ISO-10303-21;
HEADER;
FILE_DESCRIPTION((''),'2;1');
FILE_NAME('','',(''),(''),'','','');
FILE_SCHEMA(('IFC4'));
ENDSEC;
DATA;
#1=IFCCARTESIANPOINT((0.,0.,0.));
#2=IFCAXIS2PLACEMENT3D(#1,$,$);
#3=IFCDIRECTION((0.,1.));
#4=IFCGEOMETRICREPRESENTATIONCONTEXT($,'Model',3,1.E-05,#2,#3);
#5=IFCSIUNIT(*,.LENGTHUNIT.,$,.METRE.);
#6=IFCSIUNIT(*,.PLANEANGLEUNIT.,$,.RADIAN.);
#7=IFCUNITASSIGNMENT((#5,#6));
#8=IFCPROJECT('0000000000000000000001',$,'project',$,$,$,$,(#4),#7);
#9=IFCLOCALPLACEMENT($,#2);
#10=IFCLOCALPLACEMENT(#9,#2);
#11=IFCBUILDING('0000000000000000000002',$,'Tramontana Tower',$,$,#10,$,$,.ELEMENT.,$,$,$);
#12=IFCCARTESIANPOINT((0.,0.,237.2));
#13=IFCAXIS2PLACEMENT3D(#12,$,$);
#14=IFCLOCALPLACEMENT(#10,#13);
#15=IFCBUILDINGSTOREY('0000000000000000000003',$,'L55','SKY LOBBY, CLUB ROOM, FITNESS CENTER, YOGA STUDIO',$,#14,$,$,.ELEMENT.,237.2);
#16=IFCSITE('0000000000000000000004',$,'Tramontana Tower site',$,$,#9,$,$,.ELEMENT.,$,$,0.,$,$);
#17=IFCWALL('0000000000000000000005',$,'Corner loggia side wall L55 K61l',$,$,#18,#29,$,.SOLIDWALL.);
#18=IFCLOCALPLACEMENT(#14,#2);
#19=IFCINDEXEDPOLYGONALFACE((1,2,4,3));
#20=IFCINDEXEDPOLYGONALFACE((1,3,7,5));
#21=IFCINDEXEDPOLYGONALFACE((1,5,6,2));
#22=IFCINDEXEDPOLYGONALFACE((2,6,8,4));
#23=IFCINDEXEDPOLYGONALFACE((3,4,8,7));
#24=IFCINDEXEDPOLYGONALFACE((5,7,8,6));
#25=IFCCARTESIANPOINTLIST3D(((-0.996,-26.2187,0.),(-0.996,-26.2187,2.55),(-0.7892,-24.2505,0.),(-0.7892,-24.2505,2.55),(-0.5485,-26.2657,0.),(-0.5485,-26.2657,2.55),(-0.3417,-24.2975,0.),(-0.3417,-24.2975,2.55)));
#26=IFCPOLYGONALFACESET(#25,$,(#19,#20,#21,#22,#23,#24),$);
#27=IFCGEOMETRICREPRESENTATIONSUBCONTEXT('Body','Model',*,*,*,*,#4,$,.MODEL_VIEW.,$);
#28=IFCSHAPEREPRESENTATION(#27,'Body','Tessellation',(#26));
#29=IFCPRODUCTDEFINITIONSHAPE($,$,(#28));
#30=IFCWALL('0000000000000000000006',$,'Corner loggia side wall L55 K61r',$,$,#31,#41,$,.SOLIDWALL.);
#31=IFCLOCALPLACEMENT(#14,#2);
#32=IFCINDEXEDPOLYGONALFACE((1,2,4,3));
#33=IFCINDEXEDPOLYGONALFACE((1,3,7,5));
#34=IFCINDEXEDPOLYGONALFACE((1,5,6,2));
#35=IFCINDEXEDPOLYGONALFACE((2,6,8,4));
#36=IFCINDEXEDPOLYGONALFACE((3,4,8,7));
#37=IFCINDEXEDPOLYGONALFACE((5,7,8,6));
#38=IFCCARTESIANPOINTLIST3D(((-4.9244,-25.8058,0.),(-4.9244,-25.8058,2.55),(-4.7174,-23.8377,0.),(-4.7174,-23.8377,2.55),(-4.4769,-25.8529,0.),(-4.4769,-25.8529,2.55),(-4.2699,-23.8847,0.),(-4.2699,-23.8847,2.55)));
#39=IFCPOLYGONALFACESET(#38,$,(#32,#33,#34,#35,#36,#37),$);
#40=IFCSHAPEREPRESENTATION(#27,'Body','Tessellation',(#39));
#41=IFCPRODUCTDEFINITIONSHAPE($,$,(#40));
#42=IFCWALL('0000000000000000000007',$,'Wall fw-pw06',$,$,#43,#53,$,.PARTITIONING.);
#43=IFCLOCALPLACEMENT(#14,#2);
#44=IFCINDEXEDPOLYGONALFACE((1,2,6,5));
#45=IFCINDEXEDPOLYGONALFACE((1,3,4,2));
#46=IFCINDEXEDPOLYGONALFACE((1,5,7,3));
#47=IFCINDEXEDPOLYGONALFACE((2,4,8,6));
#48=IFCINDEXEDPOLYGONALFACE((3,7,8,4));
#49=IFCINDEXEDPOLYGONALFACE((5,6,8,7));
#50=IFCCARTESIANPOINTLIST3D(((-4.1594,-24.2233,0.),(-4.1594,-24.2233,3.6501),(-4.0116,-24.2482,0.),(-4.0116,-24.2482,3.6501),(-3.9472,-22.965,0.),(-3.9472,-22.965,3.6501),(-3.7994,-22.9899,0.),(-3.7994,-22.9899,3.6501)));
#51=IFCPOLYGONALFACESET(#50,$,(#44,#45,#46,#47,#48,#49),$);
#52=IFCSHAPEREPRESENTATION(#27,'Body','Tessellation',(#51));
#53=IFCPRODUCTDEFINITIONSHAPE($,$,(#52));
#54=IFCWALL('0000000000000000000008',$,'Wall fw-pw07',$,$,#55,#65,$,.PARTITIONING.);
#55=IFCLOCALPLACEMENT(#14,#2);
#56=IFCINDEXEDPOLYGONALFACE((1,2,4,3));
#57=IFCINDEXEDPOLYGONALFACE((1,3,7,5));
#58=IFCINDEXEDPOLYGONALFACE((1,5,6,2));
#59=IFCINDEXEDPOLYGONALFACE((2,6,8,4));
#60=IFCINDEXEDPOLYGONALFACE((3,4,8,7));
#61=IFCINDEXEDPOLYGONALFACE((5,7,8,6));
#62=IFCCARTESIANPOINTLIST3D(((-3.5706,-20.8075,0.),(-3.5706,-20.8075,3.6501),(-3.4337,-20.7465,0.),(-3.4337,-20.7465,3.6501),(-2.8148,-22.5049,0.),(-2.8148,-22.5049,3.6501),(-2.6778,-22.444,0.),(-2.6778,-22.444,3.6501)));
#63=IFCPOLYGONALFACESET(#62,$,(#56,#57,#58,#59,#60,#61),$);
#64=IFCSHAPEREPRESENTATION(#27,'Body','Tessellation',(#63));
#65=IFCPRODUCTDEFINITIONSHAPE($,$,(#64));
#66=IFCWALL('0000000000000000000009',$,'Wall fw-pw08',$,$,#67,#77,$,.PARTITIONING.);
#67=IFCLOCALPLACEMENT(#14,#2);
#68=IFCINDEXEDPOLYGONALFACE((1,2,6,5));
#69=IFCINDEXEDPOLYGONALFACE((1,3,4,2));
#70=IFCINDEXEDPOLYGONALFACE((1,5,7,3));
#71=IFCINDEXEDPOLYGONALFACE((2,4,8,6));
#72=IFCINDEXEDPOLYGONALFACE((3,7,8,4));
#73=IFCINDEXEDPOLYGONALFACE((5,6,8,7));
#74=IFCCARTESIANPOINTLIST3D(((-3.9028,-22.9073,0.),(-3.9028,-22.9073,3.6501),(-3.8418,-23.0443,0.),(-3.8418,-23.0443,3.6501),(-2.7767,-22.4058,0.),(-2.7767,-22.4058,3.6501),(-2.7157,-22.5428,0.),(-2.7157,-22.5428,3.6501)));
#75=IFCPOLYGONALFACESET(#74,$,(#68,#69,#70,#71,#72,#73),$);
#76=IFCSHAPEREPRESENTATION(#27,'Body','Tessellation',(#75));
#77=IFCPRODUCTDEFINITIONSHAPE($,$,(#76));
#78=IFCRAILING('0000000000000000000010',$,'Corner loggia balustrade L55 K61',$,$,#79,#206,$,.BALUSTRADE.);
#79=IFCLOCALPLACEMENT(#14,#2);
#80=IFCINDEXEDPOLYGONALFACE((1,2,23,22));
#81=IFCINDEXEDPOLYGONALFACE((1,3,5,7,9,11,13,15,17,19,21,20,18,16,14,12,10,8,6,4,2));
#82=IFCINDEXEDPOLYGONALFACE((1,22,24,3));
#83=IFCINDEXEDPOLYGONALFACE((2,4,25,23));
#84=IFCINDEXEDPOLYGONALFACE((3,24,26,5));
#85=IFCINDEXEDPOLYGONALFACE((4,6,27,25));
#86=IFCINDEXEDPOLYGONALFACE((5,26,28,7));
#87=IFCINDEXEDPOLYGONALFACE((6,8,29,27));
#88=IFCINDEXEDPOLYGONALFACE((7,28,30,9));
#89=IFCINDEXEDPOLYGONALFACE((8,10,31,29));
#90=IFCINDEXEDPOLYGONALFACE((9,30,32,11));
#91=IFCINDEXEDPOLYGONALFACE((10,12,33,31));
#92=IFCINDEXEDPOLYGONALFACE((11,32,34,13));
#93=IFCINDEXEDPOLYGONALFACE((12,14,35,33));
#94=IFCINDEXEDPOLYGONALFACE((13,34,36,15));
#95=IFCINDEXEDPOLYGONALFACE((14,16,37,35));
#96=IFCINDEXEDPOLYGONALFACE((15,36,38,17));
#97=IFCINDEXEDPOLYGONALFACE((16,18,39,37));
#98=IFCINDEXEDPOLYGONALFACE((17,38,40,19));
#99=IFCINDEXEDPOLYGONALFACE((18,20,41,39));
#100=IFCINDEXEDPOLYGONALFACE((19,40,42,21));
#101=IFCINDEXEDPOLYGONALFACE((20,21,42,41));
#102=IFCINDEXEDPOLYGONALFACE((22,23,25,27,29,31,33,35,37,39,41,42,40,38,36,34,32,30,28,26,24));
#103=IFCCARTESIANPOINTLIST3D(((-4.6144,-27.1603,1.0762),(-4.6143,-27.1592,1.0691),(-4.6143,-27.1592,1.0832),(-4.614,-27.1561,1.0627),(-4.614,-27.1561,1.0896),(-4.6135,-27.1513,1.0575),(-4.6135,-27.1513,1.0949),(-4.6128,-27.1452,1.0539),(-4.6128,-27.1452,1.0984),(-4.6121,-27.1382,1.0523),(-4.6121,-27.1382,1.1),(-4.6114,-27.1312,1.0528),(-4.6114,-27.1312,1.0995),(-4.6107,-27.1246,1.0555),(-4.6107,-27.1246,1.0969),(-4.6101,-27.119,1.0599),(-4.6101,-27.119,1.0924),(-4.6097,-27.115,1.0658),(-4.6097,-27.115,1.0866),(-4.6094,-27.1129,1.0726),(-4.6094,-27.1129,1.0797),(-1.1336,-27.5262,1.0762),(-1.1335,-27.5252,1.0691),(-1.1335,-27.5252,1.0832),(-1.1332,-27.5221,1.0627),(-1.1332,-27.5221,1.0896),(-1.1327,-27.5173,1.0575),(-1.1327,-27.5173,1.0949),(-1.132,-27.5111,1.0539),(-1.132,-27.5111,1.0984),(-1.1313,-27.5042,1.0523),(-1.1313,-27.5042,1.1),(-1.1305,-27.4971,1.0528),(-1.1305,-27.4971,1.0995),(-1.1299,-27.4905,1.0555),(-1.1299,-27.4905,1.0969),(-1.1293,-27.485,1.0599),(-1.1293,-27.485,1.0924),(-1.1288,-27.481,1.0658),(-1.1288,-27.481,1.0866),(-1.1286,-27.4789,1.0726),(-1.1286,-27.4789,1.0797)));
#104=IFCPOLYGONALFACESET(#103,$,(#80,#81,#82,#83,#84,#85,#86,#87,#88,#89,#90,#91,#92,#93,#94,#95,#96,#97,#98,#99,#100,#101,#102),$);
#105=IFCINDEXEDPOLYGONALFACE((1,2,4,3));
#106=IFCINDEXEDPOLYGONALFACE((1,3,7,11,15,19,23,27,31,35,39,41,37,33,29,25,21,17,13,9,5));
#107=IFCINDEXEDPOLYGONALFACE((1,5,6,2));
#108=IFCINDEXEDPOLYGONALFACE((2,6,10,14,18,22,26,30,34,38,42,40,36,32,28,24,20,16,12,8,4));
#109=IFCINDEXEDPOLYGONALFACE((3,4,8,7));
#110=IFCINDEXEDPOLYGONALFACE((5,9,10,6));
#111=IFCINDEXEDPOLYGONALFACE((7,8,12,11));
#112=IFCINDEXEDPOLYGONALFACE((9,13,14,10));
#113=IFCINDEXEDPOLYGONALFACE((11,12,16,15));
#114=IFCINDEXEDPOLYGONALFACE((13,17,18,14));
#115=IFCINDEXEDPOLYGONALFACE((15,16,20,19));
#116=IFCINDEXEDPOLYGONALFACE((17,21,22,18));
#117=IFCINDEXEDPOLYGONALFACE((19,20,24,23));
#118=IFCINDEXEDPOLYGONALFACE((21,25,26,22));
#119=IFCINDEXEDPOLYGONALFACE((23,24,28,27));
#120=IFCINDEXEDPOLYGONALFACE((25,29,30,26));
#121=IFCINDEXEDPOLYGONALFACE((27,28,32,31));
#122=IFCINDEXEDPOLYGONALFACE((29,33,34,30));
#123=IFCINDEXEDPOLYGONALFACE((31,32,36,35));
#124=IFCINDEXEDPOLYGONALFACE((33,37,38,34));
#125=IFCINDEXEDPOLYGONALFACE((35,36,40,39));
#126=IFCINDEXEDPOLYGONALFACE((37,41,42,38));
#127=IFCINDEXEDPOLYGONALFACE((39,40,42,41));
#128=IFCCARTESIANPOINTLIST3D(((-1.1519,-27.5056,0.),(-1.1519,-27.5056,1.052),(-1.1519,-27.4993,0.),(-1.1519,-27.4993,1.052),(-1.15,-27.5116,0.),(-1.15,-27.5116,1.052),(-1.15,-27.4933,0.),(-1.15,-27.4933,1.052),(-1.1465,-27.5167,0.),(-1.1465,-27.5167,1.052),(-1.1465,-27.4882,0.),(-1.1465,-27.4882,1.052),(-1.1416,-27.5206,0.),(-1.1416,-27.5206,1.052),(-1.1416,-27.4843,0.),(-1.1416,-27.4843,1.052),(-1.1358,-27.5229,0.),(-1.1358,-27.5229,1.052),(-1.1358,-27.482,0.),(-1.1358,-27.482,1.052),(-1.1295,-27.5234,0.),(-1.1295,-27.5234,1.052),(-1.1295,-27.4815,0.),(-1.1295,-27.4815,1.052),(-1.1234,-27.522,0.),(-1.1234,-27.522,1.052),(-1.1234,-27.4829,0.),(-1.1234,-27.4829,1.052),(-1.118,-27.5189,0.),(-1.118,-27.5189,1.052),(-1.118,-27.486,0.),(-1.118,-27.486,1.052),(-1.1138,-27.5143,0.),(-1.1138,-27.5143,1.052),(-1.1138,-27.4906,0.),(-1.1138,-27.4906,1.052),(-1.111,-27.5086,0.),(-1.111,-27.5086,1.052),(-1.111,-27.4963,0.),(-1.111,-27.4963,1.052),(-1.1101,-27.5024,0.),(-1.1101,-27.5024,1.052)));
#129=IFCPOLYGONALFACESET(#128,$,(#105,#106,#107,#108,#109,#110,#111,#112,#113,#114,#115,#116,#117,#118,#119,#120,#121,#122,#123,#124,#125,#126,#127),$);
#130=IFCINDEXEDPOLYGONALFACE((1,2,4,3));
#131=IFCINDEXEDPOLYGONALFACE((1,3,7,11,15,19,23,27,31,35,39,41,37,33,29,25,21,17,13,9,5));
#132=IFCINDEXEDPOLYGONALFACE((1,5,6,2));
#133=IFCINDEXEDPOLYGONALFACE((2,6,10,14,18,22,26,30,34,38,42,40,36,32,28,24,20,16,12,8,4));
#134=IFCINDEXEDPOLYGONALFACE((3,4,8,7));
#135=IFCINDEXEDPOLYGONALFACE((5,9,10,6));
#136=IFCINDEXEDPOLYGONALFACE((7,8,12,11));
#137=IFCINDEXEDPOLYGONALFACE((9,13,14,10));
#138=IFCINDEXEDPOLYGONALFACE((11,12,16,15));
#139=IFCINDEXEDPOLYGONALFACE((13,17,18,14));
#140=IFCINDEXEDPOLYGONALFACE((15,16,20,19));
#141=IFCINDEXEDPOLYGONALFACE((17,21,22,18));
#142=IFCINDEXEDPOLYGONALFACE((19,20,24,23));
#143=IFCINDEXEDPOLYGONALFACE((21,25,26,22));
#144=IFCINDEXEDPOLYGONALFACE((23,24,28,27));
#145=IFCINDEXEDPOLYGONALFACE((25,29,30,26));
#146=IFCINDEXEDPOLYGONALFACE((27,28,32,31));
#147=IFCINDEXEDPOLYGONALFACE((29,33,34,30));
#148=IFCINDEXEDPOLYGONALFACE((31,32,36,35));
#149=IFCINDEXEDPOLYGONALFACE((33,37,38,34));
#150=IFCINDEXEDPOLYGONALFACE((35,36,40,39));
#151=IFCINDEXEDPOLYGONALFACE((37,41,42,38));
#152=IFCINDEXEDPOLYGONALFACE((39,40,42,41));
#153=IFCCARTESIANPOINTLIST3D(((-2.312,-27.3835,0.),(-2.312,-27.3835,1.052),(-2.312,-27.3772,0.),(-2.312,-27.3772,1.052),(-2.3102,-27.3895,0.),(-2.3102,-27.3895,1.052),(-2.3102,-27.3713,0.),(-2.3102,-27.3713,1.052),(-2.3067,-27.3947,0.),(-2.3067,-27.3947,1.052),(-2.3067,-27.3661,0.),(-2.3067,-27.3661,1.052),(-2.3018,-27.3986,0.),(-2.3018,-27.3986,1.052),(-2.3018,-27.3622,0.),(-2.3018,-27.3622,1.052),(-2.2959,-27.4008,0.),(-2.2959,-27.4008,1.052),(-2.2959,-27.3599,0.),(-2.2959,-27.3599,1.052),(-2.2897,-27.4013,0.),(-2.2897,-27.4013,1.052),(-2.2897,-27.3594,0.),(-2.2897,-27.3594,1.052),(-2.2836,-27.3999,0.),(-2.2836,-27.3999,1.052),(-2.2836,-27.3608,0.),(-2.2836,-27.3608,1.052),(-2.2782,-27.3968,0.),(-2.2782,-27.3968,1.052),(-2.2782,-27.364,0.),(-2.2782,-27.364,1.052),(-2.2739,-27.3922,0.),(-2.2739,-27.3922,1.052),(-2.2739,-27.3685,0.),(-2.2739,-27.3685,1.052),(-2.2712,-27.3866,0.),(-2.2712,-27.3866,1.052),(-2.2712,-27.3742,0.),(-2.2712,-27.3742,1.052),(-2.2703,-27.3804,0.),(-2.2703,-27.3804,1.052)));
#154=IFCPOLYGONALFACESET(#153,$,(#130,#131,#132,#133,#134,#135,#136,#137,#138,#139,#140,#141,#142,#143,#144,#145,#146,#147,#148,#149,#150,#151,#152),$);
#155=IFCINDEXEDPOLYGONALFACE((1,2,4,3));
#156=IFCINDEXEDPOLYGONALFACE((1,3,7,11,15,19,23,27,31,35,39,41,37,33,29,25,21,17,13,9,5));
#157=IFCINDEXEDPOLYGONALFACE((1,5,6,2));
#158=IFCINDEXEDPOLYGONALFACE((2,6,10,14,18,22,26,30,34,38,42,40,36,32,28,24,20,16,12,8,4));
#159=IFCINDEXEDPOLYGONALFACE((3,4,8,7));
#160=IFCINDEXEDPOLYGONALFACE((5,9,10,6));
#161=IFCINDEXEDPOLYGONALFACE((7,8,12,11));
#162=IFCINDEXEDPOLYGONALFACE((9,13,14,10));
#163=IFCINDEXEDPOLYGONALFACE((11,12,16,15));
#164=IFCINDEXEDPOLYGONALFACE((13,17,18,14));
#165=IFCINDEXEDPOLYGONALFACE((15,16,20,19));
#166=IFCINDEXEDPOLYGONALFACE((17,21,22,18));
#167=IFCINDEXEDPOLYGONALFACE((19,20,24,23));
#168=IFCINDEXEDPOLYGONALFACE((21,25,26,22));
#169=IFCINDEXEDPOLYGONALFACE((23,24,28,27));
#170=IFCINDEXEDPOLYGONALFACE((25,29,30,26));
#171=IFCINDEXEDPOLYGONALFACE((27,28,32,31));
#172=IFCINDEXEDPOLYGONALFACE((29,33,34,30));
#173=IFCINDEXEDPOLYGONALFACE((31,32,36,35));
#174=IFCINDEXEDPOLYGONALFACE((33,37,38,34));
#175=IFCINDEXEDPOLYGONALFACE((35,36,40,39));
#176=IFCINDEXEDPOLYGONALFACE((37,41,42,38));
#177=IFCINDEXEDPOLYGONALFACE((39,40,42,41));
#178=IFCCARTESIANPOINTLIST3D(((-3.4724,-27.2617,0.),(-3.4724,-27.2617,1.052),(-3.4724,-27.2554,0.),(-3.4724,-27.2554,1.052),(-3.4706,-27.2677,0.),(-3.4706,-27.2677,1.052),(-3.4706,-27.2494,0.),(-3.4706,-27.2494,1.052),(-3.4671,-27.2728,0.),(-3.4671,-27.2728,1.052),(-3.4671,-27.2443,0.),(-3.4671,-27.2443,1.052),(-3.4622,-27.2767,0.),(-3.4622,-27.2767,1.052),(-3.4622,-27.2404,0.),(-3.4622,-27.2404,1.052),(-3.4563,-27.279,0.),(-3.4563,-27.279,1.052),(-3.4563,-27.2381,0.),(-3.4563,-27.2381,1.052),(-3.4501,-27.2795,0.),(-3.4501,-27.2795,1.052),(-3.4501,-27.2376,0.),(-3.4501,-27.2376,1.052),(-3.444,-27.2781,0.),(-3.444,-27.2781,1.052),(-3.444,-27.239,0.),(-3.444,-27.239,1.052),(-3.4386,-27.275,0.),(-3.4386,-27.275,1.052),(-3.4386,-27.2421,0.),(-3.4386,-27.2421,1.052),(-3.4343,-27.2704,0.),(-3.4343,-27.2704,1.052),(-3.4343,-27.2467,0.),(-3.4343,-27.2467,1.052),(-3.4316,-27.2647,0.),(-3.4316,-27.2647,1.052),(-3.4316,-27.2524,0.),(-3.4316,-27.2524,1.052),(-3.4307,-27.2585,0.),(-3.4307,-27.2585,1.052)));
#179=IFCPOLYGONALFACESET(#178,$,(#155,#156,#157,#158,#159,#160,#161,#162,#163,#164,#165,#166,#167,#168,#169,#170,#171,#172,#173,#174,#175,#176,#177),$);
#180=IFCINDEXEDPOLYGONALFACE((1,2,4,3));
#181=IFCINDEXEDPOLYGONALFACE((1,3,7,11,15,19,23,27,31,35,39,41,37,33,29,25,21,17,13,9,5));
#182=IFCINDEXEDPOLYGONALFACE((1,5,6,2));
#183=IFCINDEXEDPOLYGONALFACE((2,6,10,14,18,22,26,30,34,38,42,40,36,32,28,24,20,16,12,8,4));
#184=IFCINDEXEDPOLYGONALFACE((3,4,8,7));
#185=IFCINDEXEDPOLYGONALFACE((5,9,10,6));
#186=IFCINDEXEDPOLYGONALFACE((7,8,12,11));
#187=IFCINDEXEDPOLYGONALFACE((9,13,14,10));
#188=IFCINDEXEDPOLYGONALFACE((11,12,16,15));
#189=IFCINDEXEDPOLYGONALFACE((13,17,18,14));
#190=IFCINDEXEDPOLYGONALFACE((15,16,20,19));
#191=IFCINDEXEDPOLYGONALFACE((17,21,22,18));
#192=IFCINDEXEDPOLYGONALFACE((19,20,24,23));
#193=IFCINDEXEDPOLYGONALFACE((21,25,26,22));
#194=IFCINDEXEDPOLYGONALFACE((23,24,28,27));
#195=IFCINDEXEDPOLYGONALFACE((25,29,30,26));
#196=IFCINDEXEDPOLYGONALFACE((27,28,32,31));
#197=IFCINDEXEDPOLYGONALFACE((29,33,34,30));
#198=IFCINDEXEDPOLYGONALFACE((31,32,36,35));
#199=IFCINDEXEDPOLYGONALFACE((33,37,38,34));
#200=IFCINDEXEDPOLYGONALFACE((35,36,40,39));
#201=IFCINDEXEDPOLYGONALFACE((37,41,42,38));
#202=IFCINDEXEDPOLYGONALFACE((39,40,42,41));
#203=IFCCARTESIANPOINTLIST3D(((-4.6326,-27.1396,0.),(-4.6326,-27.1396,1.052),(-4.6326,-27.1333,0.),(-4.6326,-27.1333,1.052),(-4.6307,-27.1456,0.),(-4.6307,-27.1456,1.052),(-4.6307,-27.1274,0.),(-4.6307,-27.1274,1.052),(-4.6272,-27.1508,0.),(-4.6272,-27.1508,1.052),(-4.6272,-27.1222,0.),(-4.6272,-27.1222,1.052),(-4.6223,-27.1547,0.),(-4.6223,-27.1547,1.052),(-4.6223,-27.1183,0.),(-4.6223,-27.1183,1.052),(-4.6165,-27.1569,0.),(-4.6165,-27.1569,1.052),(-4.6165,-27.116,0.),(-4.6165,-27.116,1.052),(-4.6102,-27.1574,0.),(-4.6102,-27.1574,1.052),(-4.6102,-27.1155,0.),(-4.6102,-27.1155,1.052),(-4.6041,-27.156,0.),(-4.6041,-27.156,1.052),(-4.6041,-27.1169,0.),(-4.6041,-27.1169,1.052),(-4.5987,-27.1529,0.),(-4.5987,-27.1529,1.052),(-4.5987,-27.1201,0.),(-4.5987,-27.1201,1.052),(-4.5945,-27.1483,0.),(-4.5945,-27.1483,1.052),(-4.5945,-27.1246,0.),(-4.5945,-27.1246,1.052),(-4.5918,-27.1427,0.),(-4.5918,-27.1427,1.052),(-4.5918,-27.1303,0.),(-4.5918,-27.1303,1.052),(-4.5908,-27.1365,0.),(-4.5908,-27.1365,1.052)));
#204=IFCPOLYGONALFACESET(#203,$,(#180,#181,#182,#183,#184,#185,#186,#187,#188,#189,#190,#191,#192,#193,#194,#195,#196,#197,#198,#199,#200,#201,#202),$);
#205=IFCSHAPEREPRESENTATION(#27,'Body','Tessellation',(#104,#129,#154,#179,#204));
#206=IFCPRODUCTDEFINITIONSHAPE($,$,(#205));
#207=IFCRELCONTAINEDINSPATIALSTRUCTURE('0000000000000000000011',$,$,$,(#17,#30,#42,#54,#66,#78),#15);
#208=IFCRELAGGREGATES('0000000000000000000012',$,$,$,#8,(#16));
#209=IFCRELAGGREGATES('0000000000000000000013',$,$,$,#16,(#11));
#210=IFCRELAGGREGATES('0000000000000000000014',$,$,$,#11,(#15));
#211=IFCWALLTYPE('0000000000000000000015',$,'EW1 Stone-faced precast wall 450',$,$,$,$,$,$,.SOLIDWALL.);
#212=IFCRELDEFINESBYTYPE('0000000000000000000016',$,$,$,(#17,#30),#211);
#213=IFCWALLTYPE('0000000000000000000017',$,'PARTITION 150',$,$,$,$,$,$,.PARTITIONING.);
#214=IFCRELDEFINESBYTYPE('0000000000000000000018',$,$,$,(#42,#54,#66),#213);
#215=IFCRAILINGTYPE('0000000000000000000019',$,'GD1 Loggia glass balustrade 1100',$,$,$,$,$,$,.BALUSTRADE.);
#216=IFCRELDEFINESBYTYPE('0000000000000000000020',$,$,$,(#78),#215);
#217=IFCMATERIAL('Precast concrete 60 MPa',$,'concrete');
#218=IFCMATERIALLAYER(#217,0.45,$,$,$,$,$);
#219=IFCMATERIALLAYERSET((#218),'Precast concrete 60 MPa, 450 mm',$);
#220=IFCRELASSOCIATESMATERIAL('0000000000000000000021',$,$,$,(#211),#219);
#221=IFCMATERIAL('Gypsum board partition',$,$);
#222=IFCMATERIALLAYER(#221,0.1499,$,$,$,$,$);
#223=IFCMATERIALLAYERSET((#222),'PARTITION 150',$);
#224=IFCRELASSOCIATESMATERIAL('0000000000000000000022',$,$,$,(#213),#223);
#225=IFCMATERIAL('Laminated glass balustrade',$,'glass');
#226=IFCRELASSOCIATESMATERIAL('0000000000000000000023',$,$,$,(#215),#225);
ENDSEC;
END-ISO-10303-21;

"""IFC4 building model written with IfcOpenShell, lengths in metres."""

from ifc_helpers import new_model, si_unit, direction, frame, frame_2d, origin, origin_2d, place, context, subcontext, project, spatial, rectangle, circle, extrude, material, layer, layer_set, type_object, element, save


model = new_model("IFC4")

# Units and contexts
model_context = context("Model", 3, precision=1e-05, world=origin(), true_north=direction((0.0, 1.0)))
body_context = subcontext(model_context, "Body", "Model", "MODEL_VIEW")
ifc_project = project(units=[si_unit("LENGTHUNIT", "METRE"), si_unit("PLANEANGLEUNIT", "RADIAN")], contexts=[model_context])

# Site, building, storey
site_placement = place(None, origin())
site = spatial("IfcSite", under=ifc_project, at=site_placement, Name="Tramontana Tower site", CompositionType="ELEMENT", RefElevation=0.0)
building_placement = place(site_placement, origin())
building = spatial("IfcBuilding", under=site, at=building_placement, Name="Tramontana Tower", CompositionType="ELEMENT")
storey_placement = place(building_placement, frame((0.0, 0.0, 237.2)))
storey = spatial("IfcBuildingStorey", under=building, at=storey_placement, Name="L55", Description="SKY LOBBY, CLUB ROOM, FITNESS CENTER, YOGA STUDIO", CompositionType="ELEMENT", Elevation=237.2)

# Walls
ifc_material_1 = material(Name="Precast concrete 60 MPa", Category="concrete")
ifc_layer_1 = layer(ifc_material_1, 0.45)
ifc_layer_set_1 = layer_set([ifc_layer_1], Name="Precast concrete 60 MPa, 450 mm")
wall_type_1 = type_object("IfcWallType", Name="EW1 Stone-faced precast wall 450", PredefinedType="SOLIDWALL", material=ifc_layer_set_1)
for number, where, z_axis, x_axis, name in (
    (1, (-0.7722, -26.2422, 0.0), (0.0, 0.0, 1.0), (0.104486, 0.994526, 0.0), "Corner loggia side wall L55 K61l"),
    (2, (-4.7007, -25.8293, 0.0), (0.0, 0.0, 1.0), (0.104608, 0.994514, 0.0), "Corner loggia side wall L55 K61r"),
):
    element("IfcWall", number, at=place(storey_placement, frame(where, z_axis=z_axis, x_axis=x_axis)), inside=storey, type_object=wall_type_1, Name=name, PredefinedType="SOLIDWALL", context=body_context, shape_type="SweptSolid", body=[
        extrude(rectangle(XDim=1.979, YDim=0.45, at=frame_2d((0.9895, 0.0))), origin(), (0.0, 0.0, 1.0), 2.55),
    ])

# Walls
ifc_material_2 = material(Name="Gypsum board partition")
ifc_layer_2 = layer(ifc_material_2, 0.1499)
ifc_layer_set_2 = layer_set([ifc_layer_2], Name="PARTITION 150")
wall_type_2 = type_object("IfcWallType", Name="PARTITION 150", PredefinedType="PARTITIONING", material=ifc_layer_set_2)
wall_1_placement = place(storey_placement, frame((-3.8733, -22.9773, 0.0), z_axis=(0.0, 0.0, 1.0), x_axis=(-0.16626, -0.986082, 0.0)))
element("IfcWall", 3, at=wall_1_placement, inside=storey, type_object=wall_type_2, Name="Wall fw-pw06", PredefinedType="PARTITIONING", context=body_context, shape_type="SweptSolid", body=[
    extrude(rectangle(XDim=1.2761, YDim=0.1499, at=frame_2d((0.6382, 0.0))), origin(), (0.0, 0.0, 1.0), 3.6501),
])
wall_2_placement = place(storey_placement, frame((-3.5022, -20.7769, 0.0), z_axis=(0.0, 0.0, 1.0), x_axis=(0.406772, -0.91353, 0.0)))
element("IfcWall", 4, at=wall_2_placement, inside=storey, type_object=wall_type_2, Name="Wall fw-pw07", PredefinedType="PARTITIONING", context=body_context, shape_type="SweptSolid", body=[
    extrude(rectangle(XDim=1.8582, YDim=0.1499, at=frame_2d((0.9292, 0.0))), origin(), (0.0, 0.0, 1.0), 3.6501),
])
wall_3_placement = place(storey_placement, frame((-2.7463, -22.4744, 0.0), z_axis=(0.0, 0.0, 1.0), x_axis=(-0.913501, -0.406837, 0.0)))
element("IfcWall", 5, at=wall_3_placement, inside=storey, type_object=wall_type_2, Name="Wall fw-pw08", PredefinedType="PARTITIONING", context=body_context, shape_type="SweptSolid", body=[
    extrude(rectangle(XDim=1.2327, YDim=0.1499, at=frame_2d((0.6162, 0.0))), origin(), (0.0, 0.0, 1.0), 3.6501),
])

# Railing
ifc_material_3 = material(Name="Laminated glass balustrade", Category="glass")
railing_type = type_object("IfcRailingType", Name="GD1 Loggia glass balustrade 1100", PredefinedType="BALUSTRADE", material=ifc_material_3)
railing_placement = place(storey_placement, frame((-1.1311, -27.5024, 0.0)))
element("IfcRailing", 6, at=railing_placement, inside=storey, type_object=railing_type, Name="Corner loggia balustrade L55 K61", PredefinedType="BALUSTRADE", context=body_context, shape_type="SweptSolid", body=[
    extrude(circle(Radius=0.0239, at=origin_2d()), frame((0.0, 0.0, 1.0762), z_axis=(-0.994518, 0.104565, 0.0), x_axis=(-0.104565, -0.994518, 0.0)), (0.0, 0.0, 1.0), 3.5),
    extrude(circle(Radius=0.021, at=origin_2d()), origin(), (0.0, 0.0, 1.0), 1.052),
    extrude(circle(Radius=0.021, at=origin_2d()), frame((-1.1602, 0.1221, 0.0)), (0.0, 0.0, 1.0), 1.052),
    extrude(circle(Radius=0.021, at=origin_2d()), frame((-2.3206, 0.2439, 0.0)), (0.0, 0.0, 1.0), 1.052),
    extrude(circle(Radius=0.021, at=origin_2d()), frame((-3.4807, 0.366, 0.0)), (0.0, 0.0, 1.0), 1.052),
])

save(model, "model.ifc")
